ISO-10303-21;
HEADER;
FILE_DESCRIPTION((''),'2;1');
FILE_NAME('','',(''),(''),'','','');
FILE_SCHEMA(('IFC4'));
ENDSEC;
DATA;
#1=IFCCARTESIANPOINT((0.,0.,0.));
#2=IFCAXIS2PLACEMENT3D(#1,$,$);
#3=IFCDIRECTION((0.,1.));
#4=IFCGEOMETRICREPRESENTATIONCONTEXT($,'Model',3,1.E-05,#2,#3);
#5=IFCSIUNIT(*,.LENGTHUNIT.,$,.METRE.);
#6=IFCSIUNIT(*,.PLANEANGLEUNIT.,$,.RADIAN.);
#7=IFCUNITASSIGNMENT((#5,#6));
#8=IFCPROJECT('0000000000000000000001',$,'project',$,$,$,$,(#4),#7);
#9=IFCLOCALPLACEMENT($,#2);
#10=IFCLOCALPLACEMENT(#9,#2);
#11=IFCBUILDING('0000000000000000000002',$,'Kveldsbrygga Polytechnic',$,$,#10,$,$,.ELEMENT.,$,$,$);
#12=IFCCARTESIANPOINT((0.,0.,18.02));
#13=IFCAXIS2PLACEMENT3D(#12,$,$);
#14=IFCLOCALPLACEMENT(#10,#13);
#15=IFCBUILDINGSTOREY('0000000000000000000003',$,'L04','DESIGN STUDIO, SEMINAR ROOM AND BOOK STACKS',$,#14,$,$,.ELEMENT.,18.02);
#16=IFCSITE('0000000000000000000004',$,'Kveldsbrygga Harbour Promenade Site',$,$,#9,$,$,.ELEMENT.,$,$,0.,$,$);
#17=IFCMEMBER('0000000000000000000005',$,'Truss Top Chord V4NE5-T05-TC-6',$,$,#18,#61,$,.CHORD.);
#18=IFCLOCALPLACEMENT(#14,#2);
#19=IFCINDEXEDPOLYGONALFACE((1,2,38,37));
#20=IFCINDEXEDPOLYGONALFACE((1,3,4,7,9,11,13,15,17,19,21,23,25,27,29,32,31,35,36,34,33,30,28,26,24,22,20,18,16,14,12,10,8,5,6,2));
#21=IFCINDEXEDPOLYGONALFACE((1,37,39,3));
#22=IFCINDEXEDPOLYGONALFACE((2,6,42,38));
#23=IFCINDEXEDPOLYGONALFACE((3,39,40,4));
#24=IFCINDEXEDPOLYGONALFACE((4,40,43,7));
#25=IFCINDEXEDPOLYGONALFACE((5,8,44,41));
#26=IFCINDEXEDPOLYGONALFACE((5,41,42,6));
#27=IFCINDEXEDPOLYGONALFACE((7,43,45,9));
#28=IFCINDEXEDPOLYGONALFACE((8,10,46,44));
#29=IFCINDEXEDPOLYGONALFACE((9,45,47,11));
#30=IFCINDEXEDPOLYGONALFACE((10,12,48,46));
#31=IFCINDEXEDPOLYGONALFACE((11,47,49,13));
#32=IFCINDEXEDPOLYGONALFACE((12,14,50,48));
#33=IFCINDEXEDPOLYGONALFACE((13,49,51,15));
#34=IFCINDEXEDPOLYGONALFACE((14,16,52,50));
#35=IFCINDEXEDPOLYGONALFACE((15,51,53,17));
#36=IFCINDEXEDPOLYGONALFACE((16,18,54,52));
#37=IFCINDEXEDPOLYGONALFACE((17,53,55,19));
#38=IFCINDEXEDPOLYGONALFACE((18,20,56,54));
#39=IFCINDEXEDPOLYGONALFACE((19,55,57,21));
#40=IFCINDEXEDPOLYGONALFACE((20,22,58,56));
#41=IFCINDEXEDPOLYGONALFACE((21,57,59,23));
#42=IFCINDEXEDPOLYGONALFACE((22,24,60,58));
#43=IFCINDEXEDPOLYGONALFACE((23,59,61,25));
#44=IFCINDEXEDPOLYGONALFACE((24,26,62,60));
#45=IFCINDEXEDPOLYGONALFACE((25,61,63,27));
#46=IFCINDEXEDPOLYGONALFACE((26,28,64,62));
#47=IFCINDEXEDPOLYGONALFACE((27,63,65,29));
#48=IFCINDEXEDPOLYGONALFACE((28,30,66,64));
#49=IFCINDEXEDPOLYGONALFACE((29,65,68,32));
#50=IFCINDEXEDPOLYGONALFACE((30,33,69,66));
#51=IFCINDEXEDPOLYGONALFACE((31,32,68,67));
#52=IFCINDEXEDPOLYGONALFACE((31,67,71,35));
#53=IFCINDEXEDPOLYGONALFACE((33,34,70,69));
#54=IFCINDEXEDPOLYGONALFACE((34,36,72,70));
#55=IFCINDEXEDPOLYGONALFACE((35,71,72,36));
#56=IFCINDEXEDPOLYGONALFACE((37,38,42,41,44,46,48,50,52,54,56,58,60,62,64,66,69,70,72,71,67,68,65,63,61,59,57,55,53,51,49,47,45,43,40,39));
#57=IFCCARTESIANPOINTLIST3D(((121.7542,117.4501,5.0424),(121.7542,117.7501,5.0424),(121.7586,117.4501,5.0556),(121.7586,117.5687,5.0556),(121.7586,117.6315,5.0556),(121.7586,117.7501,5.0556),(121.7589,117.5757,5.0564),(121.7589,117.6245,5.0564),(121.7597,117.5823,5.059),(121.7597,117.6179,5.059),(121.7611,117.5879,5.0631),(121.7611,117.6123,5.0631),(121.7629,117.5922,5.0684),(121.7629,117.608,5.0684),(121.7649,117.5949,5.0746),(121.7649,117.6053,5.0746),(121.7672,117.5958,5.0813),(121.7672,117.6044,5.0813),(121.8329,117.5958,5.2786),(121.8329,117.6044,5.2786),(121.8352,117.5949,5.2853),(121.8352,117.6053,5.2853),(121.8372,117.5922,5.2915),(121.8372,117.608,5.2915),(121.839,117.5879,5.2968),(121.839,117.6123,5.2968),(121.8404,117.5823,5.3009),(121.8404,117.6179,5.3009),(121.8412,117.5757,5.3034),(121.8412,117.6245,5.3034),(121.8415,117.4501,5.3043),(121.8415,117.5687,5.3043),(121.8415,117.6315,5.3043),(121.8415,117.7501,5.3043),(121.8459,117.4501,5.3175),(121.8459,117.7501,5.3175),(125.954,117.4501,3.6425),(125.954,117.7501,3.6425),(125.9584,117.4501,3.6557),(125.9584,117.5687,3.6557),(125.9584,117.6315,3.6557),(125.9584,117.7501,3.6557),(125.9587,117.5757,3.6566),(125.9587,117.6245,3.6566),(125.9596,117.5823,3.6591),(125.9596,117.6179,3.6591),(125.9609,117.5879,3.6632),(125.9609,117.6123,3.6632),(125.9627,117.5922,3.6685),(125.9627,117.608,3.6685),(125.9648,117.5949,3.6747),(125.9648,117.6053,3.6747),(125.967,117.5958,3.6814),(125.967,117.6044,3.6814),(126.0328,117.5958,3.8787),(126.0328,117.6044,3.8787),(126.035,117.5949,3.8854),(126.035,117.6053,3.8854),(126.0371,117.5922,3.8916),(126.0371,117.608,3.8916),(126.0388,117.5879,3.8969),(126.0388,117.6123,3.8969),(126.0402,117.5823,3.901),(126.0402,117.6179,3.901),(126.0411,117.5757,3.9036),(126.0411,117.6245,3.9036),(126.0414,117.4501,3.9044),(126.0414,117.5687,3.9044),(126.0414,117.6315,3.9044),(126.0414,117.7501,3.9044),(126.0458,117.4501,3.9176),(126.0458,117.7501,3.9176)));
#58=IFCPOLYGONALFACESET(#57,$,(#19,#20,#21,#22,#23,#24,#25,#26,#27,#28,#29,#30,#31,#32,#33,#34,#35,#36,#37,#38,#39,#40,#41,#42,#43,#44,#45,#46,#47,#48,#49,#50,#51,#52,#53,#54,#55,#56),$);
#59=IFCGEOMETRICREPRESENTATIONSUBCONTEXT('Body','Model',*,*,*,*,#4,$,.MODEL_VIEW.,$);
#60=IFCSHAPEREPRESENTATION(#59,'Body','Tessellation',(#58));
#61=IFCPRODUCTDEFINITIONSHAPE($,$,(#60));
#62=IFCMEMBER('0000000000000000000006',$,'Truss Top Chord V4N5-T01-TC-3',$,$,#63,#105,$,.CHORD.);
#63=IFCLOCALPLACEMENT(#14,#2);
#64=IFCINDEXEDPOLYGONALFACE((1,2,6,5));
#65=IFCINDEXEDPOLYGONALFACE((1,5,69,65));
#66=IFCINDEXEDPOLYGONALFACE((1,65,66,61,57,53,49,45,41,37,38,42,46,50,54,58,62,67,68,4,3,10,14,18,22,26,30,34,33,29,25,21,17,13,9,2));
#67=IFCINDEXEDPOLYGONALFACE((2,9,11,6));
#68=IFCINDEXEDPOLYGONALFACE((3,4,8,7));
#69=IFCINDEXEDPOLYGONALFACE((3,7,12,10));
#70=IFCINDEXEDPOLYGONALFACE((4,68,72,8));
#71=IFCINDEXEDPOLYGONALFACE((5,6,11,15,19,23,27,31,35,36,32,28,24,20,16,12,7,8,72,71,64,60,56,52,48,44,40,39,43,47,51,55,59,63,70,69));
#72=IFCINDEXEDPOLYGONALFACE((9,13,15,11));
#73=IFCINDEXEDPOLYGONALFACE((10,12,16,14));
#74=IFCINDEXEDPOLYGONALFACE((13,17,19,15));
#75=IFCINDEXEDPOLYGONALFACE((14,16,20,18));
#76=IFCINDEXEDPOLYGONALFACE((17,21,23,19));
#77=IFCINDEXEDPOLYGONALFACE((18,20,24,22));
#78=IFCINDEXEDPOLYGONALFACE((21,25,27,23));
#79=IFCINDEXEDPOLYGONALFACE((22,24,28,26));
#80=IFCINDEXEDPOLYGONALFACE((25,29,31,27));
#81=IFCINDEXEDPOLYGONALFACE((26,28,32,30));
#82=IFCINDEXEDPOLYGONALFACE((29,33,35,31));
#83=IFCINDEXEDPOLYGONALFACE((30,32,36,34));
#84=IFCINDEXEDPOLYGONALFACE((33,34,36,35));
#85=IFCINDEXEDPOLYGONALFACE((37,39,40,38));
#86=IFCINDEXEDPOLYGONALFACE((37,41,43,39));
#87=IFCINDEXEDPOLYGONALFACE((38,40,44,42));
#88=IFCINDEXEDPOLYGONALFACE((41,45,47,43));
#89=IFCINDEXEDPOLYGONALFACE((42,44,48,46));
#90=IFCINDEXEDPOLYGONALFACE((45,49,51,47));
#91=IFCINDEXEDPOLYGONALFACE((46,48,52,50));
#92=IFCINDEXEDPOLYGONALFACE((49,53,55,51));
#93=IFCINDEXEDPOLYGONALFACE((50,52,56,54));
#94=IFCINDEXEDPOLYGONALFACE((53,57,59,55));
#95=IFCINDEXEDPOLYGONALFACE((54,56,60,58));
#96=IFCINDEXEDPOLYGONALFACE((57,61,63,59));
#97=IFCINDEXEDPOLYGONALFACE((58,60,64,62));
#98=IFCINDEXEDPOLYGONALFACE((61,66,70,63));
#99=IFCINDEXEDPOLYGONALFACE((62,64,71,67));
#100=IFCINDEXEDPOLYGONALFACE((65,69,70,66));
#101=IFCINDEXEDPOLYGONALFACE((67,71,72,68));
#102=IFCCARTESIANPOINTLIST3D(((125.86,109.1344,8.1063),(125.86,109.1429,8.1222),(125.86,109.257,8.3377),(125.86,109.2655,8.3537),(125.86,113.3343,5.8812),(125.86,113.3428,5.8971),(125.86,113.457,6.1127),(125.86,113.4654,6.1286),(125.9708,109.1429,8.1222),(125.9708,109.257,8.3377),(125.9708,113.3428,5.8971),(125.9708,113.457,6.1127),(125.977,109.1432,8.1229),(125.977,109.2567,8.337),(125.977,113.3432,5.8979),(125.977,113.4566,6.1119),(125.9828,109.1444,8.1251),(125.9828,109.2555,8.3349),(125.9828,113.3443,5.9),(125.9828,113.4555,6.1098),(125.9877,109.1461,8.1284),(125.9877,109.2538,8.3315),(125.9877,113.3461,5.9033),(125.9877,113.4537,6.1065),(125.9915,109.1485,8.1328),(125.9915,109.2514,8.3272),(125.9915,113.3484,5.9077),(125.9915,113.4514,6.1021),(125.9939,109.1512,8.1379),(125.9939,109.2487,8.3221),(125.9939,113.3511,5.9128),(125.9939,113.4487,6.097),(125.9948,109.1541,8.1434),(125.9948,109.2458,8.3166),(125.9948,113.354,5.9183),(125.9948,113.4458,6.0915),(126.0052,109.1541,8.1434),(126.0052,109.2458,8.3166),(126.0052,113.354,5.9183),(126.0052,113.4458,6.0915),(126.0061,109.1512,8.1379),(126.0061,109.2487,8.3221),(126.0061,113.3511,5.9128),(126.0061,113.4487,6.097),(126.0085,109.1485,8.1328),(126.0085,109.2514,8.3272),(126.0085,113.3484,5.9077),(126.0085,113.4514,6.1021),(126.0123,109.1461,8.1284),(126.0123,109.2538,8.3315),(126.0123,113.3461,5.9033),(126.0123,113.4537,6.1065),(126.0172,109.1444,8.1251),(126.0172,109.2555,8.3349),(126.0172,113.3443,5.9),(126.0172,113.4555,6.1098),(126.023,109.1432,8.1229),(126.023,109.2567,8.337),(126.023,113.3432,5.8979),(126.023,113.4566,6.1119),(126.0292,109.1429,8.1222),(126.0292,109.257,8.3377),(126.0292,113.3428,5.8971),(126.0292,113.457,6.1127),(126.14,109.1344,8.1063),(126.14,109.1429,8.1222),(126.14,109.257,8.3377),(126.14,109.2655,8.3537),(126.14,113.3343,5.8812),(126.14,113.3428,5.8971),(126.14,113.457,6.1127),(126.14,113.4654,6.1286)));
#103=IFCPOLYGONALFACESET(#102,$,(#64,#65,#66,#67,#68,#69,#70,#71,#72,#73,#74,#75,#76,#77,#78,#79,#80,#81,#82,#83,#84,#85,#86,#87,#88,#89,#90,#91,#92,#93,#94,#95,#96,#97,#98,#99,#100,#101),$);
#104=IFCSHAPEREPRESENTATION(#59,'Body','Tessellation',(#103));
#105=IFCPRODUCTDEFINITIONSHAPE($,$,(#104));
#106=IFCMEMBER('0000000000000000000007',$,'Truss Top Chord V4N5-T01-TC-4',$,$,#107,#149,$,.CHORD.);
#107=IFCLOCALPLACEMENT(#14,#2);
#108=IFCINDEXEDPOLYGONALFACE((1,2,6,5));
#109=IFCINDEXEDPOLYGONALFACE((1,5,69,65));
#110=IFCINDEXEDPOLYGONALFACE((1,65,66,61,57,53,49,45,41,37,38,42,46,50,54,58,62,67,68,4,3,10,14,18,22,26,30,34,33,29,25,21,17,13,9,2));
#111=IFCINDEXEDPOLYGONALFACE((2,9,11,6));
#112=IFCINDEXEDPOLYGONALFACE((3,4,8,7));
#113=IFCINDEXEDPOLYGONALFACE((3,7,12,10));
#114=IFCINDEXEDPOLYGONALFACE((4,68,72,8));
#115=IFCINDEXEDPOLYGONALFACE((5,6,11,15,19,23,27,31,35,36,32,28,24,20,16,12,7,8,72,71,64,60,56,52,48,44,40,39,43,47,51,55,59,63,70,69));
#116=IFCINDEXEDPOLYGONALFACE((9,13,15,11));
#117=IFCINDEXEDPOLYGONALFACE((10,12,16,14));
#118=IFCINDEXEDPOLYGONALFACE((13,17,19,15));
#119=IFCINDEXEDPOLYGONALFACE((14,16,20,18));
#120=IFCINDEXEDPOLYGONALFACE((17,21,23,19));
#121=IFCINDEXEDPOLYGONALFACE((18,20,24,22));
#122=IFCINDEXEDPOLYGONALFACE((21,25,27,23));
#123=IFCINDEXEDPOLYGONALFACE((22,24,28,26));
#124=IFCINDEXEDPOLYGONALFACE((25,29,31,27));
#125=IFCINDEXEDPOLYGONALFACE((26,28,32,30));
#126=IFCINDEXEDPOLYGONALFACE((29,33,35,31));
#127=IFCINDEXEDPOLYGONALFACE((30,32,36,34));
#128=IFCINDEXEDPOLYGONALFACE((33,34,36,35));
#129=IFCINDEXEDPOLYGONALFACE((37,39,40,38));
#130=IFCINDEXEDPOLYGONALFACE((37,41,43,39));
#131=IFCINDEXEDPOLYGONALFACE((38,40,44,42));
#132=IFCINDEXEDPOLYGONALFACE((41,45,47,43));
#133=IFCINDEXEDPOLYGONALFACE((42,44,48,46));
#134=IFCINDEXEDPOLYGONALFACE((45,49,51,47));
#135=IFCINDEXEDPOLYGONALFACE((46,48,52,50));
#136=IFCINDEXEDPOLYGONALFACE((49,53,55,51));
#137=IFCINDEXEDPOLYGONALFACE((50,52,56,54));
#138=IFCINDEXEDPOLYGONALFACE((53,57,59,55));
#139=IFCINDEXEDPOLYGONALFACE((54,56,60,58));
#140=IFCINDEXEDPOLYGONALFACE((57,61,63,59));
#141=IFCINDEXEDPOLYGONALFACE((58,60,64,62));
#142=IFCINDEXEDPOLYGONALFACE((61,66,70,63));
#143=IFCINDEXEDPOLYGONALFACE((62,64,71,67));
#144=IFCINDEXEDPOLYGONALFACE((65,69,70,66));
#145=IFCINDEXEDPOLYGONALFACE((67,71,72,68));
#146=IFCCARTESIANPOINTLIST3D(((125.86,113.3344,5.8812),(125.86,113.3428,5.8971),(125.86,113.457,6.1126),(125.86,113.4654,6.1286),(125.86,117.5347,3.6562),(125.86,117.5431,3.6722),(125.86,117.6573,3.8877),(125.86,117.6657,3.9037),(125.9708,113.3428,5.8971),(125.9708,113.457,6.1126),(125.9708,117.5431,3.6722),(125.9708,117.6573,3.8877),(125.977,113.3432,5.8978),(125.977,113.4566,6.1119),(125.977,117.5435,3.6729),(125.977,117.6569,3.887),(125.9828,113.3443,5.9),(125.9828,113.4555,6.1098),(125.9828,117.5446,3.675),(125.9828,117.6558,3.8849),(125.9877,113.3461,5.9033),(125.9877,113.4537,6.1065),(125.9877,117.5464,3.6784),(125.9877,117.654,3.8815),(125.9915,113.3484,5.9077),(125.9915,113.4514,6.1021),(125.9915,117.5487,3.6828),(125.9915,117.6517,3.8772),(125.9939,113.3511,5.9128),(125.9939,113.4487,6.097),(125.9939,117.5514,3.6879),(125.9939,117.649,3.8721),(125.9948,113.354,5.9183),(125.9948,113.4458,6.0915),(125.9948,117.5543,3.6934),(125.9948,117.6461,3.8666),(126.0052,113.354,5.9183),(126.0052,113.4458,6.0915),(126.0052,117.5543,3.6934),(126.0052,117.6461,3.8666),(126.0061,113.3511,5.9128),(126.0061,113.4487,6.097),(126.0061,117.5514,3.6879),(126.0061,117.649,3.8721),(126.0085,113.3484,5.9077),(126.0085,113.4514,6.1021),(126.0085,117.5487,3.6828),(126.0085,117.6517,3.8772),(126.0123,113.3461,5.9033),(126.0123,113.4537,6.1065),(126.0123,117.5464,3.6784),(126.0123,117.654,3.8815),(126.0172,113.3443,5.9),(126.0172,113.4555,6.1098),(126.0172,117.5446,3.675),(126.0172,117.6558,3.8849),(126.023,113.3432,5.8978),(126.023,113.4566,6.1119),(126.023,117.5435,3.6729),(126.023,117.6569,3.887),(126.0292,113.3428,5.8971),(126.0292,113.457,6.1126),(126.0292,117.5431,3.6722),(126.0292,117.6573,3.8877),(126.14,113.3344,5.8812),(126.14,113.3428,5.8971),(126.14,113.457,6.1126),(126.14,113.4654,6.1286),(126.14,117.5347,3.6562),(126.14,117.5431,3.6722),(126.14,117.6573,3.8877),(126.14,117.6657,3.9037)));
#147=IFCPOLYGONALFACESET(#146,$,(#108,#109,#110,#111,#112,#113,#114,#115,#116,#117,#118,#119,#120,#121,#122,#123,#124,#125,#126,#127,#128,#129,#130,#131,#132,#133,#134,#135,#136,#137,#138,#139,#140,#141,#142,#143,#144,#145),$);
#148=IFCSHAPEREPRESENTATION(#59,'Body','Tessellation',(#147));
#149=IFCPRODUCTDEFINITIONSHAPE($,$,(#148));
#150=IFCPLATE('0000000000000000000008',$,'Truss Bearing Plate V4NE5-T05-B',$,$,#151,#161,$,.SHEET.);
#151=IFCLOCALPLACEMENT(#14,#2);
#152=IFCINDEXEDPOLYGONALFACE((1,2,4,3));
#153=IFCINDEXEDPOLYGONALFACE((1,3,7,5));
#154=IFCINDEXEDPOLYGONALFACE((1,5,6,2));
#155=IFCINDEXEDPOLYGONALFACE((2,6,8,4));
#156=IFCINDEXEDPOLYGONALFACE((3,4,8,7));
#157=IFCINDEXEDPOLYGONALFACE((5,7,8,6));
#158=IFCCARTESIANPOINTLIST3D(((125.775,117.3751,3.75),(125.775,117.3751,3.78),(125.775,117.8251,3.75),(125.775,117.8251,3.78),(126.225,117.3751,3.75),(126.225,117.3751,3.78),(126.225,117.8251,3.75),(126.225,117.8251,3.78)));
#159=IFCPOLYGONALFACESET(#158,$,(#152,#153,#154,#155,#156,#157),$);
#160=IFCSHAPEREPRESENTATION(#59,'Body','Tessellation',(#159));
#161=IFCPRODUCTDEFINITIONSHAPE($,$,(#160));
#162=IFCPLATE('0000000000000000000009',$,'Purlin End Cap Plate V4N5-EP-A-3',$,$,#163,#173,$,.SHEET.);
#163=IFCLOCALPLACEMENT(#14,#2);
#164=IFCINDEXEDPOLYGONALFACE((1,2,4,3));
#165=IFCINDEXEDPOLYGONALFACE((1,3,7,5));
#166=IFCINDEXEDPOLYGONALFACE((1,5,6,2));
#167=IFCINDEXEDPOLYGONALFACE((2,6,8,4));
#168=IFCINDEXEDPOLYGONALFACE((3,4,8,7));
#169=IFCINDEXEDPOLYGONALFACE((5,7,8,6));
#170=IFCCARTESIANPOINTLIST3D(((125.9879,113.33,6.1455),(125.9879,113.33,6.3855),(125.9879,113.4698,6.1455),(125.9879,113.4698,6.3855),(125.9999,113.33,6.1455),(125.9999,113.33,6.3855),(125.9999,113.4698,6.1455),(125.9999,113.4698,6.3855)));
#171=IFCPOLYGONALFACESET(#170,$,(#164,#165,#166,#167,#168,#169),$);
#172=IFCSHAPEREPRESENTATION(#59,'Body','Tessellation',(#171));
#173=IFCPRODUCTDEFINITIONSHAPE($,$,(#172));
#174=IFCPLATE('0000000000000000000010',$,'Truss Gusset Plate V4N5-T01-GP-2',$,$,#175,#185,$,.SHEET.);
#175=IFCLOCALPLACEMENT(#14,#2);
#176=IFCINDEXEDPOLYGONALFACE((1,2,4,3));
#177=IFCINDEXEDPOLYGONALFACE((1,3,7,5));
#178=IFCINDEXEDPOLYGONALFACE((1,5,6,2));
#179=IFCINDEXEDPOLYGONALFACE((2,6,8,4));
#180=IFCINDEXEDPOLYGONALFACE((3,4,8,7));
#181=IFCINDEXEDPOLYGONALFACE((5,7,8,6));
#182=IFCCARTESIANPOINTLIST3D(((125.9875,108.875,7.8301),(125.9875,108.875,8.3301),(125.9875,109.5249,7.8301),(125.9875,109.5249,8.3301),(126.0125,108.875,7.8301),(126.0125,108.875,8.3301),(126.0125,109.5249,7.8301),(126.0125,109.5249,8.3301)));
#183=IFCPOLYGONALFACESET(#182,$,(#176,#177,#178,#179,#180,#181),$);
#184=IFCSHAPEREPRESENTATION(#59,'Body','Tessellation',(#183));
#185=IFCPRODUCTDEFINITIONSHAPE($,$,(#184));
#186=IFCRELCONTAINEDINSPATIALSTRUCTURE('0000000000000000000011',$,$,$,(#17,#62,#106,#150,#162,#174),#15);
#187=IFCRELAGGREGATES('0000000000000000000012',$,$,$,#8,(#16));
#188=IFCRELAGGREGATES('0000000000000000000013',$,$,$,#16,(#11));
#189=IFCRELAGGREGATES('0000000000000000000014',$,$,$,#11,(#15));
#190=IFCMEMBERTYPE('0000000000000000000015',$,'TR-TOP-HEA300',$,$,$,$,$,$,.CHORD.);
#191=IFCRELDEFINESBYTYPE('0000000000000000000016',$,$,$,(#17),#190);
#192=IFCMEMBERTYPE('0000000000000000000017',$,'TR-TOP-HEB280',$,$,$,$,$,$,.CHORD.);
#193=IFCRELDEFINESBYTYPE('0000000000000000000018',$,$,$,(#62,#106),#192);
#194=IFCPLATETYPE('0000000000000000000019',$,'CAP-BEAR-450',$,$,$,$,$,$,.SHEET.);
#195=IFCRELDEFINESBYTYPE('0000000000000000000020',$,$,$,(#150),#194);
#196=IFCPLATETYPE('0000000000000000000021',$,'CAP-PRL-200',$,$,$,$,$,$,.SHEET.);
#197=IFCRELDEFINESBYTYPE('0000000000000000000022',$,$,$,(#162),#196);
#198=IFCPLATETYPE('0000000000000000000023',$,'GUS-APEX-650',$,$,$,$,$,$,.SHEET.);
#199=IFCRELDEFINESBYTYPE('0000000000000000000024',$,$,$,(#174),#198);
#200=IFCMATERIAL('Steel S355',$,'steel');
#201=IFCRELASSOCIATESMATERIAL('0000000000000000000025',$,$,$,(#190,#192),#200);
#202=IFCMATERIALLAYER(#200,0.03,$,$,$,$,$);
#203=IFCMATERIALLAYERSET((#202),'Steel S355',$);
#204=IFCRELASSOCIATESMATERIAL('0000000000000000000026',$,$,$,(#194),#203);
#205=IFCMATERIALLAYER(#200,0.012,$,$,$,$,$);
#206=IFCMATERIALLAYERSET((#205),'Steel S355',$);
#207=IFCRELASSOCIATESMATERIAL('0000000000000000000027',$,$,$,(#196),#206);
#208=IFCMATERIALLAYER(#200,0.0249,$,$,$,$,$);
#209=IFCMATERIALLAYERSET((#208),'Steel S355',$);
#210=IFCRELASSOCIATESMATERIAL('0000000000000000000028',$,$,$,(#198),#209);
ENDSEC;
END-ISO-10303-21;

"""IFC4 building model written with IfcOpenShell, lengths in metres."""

from ifc_helpers import new_model, si_unit, direction, frame, origin, origin_2d, place, context, subcontext, project, spatial, rectangle, i_section, extrude, material, layer, layer_set, material_profile, profile_set, type_object, element, save


model = new_model("IFC4")

# Units and contexts
model_context = context("Model", 3, precision=1e-05, world=origin(), true_north=direction((0.0, 1.0)))
body_context = subcontext(model_context, "Body", "Model", "MODEL_VIEW")
ifc_project = project(units=[si_unit("LENGTHUNIT", "METRE"), si_unit("PLANEANGLEUNIT", "RADIAN")], contexts=[model_context])

# Site, building, storey
site_placement = place(None, origin())
site = spatial("IfcSite", under=ifc_project, at=site_placement, Name="Kveldsbrygga Harbour Promenade Site", CompositionType="ELEMENT", RefElevation=0.0)
building_placement = place(site_placement, origin())
building = spatial("IfcBuilding", under=site, at=building_placement, Name="Kveldsbrygga Polytechnic", CompositionType="ELEMENT")
storey_placement = place(building_placement, frame((0.0, 0.0, 18.02)))
storey = spatial("IfcBuildingStorey", under=building, at=storey_placement, Name="L04", Description="DESIGN STUDIO, SEMINAR ROOM AND BOOK STACKS", CompositionType="ELEMENT", Elevation=18.02)

# Members
ifc_material_1 = material(Name="Steel S355", Category="steel")
ifc_material_profile_1 = material_profile(ifc_material_1, i_section(OverallWidth=0.3, OverallDepth=0.29, WebThickness=0.0085, FlangeThickness=0.0139, FilletRadius=0.0271, at=origin_2d()), Name="HEA 300")
ifc_profile_set_1 = profile_set([ifc_material_profile_1], Name="Steel S355")
member_type_1 = type_object("IfcMemberType", Name="TR-TOP-HEA300", PredefinedType="CHORD", material=ifc_profile_set_1)
member_1_placement = place(storey_placement, frame((121.8, 117.6001, 5.1799), z_axis=(0.948689, 0.0, -0.316211), x_axis=(0.0, 1.0, 0.0)))
element("IfcMember", 1, at=member_1_placement, inside=storey, type_object=member_type_1, Name="Truss Top Chord V4NE5-T05-TC-6", PredefinedType="CHORD", context=body_context, shape_type="SweptSolid", body=[
    extrude(i_section(OverallWidth=0.3, OverallDepth=0.29, WebThickness=0.0085, FlangeThickness=0.0139, FilletRadius=0.0271, at=origin_2d()), origin(), (0.0, 0.0, 1.0), 4.427),
])
ifc_material_profile_2 = material_profile(ifc_material_1, i_section(OverallWidth=0.28, OverallDepth=0.28, WebThickness=0.0105, FlangeThickness=0.0181, FilletRadius=0.0239, at=origin_2d()), Name="HEB 280")
ifc_profile_set_2 = profile_set([ifc_material_profile_2], Name="Steel S355")
member_type_2 = type_object("IfcMemberType", Name="TR-TOP-HEB280", PredefinedType="CHORD", material=ifc_profile_set_2)
member_2_placement = place(storey_placement, frame((126.0, 109.2, 8.23), z_axis=(0.0, 0.883649, -0.46815), x_axis=(-1.0, 0.0, 0.0)))
element("IfcMember", 2, at=member_2_placement, inside=storey, type_object=member_type_2, Name="Truss Top Chord V4N5-T01-TC-3", PredefinedType="CHORD", context=body_context, shape_type="SweptSolid", body=[
    extrude(i_section(OverallWidth=0.28, OverallDepth=0.28, WebThickness=0.0105, FlangeThickness=0.0181, FilletRadius=0.0239, at=origin_2d()), origin(), (0.0, 0.0, 1.0), 4.7529),
])
member_3_placement = place(storey_placement, frame((126.0, 113.3999, 6.0049), z_axis=(0.0, 0.883682, -0.468088), x_axis=(-1.0, 0.0, 0.0)))
element("IfcMember", 3, at=member_3_placement, inside=storey, type_object=member_type_2, Name="Truss Top Chord V4N5-T01-TC-4", PredefinedType="CHORD", context=body_context, shape_type="SweptSolid", body=[
    extrude(i_section(OverallWidth=0.28, OverallDepth=0.28, WebThickness=0.0105, FlangeThickness=0.0181, FilletRadius=0.0239, at=origin_2d()), origin(), (0.0, 0.0, 1.0), 4.7532),
])

# Plates
ifc_layer_1 = layer(ifc_material_1, 0.03)
ifc_layer_set_1 = layer_set([ifc_layer_1], Name="Steel S355")
plate_type_1 = type_object("IfcPlateType", Name="CAP-BEAR-450", PredefinedType="SHEET", material=ifc_layer_set_1)
plate_1_placement = place(storey_placement, frame((126.0, 117.6001, 3.75), z_axis=(0.0, 0.0, 1.0), x_axis=(1.0, 0.0, 0.0)))
element("IfcPlate", 4, at=plate_1_placement, inside=storey, type_object=plate_type_1, Name="Truss Bearing Plate V4NE5-T05-B", PredefinedType="SHEET", context=body_context, shape_type="SweptSolid", body=[
    extrude(rectangle(XDim=0.45, YDim=0.45, at=origin_2d()), origin(), (0.0, 0.0, 1.0), 0.03),
])
ifc_layer_2 = layer(ifc_material_1, 0.012)
ifc_layer_set_2 = layer_set([ifc_layer_2], Name="Steel S355")
plate_type_2 = type_object("IfcPlateType", Name="CAP-PRL-200", PredefinedType="SHEET", material=ifc_layer_set_2)
plate_2_placement = place(storey_placement, frame((125.9939, 113.3999, 6.1455), z_axis=(0.0, 0.0, 1.0), x_axis=(1.0, 0.0, 0.0)))
element("IfcPlate", 5, at=plate_2_placement, inside=storey, type_object=plate_type_2, Name="Purlin End Cap Plate V4N5-EP-A-3", PredefinedType="SHEET", context=body_context, shape_type="SweptSolid", body=[
    extrude(rectangle(XDim=0.012, YDim=0.1399, at=origin_2d()), origin(), (0.0, 0.0, 1.0), 0.24),
])
ifc_layer_3 = layer(ifc_material_1, 0.0249)
ifc_layer_set_3 = layer_set([ifc_layer_3], Name="Steel S355")
plate_type_3 = type_object("IfcPlateType", Name="GUS-APEX-650", PredefinedType="SHEET", material=ifc_layer_set_3)
plate_3_placement = place(storey_placement, frame((126.0, 109.2, 7.8301), z_axis=(0.0, 0.0, 1.0), x_axis=(1.0, 0.0, 0.0)))
element("IfcPlate", 6, at=plate_3_placement, inside=storey, type_object=plate_type_3, Name="Truss Gusset Plate V4N5-T01-GP-2", PredefinedType="SHEET", context=body_context, shape_type="SweptSolid", body=[
    extrude(rectangle(XDim=0.0249, YDim=0.6499, at=origin_2d()), origin(), (0.0, 0.0, 1.0), 0.5),
])

save(model, "model.ifc")
